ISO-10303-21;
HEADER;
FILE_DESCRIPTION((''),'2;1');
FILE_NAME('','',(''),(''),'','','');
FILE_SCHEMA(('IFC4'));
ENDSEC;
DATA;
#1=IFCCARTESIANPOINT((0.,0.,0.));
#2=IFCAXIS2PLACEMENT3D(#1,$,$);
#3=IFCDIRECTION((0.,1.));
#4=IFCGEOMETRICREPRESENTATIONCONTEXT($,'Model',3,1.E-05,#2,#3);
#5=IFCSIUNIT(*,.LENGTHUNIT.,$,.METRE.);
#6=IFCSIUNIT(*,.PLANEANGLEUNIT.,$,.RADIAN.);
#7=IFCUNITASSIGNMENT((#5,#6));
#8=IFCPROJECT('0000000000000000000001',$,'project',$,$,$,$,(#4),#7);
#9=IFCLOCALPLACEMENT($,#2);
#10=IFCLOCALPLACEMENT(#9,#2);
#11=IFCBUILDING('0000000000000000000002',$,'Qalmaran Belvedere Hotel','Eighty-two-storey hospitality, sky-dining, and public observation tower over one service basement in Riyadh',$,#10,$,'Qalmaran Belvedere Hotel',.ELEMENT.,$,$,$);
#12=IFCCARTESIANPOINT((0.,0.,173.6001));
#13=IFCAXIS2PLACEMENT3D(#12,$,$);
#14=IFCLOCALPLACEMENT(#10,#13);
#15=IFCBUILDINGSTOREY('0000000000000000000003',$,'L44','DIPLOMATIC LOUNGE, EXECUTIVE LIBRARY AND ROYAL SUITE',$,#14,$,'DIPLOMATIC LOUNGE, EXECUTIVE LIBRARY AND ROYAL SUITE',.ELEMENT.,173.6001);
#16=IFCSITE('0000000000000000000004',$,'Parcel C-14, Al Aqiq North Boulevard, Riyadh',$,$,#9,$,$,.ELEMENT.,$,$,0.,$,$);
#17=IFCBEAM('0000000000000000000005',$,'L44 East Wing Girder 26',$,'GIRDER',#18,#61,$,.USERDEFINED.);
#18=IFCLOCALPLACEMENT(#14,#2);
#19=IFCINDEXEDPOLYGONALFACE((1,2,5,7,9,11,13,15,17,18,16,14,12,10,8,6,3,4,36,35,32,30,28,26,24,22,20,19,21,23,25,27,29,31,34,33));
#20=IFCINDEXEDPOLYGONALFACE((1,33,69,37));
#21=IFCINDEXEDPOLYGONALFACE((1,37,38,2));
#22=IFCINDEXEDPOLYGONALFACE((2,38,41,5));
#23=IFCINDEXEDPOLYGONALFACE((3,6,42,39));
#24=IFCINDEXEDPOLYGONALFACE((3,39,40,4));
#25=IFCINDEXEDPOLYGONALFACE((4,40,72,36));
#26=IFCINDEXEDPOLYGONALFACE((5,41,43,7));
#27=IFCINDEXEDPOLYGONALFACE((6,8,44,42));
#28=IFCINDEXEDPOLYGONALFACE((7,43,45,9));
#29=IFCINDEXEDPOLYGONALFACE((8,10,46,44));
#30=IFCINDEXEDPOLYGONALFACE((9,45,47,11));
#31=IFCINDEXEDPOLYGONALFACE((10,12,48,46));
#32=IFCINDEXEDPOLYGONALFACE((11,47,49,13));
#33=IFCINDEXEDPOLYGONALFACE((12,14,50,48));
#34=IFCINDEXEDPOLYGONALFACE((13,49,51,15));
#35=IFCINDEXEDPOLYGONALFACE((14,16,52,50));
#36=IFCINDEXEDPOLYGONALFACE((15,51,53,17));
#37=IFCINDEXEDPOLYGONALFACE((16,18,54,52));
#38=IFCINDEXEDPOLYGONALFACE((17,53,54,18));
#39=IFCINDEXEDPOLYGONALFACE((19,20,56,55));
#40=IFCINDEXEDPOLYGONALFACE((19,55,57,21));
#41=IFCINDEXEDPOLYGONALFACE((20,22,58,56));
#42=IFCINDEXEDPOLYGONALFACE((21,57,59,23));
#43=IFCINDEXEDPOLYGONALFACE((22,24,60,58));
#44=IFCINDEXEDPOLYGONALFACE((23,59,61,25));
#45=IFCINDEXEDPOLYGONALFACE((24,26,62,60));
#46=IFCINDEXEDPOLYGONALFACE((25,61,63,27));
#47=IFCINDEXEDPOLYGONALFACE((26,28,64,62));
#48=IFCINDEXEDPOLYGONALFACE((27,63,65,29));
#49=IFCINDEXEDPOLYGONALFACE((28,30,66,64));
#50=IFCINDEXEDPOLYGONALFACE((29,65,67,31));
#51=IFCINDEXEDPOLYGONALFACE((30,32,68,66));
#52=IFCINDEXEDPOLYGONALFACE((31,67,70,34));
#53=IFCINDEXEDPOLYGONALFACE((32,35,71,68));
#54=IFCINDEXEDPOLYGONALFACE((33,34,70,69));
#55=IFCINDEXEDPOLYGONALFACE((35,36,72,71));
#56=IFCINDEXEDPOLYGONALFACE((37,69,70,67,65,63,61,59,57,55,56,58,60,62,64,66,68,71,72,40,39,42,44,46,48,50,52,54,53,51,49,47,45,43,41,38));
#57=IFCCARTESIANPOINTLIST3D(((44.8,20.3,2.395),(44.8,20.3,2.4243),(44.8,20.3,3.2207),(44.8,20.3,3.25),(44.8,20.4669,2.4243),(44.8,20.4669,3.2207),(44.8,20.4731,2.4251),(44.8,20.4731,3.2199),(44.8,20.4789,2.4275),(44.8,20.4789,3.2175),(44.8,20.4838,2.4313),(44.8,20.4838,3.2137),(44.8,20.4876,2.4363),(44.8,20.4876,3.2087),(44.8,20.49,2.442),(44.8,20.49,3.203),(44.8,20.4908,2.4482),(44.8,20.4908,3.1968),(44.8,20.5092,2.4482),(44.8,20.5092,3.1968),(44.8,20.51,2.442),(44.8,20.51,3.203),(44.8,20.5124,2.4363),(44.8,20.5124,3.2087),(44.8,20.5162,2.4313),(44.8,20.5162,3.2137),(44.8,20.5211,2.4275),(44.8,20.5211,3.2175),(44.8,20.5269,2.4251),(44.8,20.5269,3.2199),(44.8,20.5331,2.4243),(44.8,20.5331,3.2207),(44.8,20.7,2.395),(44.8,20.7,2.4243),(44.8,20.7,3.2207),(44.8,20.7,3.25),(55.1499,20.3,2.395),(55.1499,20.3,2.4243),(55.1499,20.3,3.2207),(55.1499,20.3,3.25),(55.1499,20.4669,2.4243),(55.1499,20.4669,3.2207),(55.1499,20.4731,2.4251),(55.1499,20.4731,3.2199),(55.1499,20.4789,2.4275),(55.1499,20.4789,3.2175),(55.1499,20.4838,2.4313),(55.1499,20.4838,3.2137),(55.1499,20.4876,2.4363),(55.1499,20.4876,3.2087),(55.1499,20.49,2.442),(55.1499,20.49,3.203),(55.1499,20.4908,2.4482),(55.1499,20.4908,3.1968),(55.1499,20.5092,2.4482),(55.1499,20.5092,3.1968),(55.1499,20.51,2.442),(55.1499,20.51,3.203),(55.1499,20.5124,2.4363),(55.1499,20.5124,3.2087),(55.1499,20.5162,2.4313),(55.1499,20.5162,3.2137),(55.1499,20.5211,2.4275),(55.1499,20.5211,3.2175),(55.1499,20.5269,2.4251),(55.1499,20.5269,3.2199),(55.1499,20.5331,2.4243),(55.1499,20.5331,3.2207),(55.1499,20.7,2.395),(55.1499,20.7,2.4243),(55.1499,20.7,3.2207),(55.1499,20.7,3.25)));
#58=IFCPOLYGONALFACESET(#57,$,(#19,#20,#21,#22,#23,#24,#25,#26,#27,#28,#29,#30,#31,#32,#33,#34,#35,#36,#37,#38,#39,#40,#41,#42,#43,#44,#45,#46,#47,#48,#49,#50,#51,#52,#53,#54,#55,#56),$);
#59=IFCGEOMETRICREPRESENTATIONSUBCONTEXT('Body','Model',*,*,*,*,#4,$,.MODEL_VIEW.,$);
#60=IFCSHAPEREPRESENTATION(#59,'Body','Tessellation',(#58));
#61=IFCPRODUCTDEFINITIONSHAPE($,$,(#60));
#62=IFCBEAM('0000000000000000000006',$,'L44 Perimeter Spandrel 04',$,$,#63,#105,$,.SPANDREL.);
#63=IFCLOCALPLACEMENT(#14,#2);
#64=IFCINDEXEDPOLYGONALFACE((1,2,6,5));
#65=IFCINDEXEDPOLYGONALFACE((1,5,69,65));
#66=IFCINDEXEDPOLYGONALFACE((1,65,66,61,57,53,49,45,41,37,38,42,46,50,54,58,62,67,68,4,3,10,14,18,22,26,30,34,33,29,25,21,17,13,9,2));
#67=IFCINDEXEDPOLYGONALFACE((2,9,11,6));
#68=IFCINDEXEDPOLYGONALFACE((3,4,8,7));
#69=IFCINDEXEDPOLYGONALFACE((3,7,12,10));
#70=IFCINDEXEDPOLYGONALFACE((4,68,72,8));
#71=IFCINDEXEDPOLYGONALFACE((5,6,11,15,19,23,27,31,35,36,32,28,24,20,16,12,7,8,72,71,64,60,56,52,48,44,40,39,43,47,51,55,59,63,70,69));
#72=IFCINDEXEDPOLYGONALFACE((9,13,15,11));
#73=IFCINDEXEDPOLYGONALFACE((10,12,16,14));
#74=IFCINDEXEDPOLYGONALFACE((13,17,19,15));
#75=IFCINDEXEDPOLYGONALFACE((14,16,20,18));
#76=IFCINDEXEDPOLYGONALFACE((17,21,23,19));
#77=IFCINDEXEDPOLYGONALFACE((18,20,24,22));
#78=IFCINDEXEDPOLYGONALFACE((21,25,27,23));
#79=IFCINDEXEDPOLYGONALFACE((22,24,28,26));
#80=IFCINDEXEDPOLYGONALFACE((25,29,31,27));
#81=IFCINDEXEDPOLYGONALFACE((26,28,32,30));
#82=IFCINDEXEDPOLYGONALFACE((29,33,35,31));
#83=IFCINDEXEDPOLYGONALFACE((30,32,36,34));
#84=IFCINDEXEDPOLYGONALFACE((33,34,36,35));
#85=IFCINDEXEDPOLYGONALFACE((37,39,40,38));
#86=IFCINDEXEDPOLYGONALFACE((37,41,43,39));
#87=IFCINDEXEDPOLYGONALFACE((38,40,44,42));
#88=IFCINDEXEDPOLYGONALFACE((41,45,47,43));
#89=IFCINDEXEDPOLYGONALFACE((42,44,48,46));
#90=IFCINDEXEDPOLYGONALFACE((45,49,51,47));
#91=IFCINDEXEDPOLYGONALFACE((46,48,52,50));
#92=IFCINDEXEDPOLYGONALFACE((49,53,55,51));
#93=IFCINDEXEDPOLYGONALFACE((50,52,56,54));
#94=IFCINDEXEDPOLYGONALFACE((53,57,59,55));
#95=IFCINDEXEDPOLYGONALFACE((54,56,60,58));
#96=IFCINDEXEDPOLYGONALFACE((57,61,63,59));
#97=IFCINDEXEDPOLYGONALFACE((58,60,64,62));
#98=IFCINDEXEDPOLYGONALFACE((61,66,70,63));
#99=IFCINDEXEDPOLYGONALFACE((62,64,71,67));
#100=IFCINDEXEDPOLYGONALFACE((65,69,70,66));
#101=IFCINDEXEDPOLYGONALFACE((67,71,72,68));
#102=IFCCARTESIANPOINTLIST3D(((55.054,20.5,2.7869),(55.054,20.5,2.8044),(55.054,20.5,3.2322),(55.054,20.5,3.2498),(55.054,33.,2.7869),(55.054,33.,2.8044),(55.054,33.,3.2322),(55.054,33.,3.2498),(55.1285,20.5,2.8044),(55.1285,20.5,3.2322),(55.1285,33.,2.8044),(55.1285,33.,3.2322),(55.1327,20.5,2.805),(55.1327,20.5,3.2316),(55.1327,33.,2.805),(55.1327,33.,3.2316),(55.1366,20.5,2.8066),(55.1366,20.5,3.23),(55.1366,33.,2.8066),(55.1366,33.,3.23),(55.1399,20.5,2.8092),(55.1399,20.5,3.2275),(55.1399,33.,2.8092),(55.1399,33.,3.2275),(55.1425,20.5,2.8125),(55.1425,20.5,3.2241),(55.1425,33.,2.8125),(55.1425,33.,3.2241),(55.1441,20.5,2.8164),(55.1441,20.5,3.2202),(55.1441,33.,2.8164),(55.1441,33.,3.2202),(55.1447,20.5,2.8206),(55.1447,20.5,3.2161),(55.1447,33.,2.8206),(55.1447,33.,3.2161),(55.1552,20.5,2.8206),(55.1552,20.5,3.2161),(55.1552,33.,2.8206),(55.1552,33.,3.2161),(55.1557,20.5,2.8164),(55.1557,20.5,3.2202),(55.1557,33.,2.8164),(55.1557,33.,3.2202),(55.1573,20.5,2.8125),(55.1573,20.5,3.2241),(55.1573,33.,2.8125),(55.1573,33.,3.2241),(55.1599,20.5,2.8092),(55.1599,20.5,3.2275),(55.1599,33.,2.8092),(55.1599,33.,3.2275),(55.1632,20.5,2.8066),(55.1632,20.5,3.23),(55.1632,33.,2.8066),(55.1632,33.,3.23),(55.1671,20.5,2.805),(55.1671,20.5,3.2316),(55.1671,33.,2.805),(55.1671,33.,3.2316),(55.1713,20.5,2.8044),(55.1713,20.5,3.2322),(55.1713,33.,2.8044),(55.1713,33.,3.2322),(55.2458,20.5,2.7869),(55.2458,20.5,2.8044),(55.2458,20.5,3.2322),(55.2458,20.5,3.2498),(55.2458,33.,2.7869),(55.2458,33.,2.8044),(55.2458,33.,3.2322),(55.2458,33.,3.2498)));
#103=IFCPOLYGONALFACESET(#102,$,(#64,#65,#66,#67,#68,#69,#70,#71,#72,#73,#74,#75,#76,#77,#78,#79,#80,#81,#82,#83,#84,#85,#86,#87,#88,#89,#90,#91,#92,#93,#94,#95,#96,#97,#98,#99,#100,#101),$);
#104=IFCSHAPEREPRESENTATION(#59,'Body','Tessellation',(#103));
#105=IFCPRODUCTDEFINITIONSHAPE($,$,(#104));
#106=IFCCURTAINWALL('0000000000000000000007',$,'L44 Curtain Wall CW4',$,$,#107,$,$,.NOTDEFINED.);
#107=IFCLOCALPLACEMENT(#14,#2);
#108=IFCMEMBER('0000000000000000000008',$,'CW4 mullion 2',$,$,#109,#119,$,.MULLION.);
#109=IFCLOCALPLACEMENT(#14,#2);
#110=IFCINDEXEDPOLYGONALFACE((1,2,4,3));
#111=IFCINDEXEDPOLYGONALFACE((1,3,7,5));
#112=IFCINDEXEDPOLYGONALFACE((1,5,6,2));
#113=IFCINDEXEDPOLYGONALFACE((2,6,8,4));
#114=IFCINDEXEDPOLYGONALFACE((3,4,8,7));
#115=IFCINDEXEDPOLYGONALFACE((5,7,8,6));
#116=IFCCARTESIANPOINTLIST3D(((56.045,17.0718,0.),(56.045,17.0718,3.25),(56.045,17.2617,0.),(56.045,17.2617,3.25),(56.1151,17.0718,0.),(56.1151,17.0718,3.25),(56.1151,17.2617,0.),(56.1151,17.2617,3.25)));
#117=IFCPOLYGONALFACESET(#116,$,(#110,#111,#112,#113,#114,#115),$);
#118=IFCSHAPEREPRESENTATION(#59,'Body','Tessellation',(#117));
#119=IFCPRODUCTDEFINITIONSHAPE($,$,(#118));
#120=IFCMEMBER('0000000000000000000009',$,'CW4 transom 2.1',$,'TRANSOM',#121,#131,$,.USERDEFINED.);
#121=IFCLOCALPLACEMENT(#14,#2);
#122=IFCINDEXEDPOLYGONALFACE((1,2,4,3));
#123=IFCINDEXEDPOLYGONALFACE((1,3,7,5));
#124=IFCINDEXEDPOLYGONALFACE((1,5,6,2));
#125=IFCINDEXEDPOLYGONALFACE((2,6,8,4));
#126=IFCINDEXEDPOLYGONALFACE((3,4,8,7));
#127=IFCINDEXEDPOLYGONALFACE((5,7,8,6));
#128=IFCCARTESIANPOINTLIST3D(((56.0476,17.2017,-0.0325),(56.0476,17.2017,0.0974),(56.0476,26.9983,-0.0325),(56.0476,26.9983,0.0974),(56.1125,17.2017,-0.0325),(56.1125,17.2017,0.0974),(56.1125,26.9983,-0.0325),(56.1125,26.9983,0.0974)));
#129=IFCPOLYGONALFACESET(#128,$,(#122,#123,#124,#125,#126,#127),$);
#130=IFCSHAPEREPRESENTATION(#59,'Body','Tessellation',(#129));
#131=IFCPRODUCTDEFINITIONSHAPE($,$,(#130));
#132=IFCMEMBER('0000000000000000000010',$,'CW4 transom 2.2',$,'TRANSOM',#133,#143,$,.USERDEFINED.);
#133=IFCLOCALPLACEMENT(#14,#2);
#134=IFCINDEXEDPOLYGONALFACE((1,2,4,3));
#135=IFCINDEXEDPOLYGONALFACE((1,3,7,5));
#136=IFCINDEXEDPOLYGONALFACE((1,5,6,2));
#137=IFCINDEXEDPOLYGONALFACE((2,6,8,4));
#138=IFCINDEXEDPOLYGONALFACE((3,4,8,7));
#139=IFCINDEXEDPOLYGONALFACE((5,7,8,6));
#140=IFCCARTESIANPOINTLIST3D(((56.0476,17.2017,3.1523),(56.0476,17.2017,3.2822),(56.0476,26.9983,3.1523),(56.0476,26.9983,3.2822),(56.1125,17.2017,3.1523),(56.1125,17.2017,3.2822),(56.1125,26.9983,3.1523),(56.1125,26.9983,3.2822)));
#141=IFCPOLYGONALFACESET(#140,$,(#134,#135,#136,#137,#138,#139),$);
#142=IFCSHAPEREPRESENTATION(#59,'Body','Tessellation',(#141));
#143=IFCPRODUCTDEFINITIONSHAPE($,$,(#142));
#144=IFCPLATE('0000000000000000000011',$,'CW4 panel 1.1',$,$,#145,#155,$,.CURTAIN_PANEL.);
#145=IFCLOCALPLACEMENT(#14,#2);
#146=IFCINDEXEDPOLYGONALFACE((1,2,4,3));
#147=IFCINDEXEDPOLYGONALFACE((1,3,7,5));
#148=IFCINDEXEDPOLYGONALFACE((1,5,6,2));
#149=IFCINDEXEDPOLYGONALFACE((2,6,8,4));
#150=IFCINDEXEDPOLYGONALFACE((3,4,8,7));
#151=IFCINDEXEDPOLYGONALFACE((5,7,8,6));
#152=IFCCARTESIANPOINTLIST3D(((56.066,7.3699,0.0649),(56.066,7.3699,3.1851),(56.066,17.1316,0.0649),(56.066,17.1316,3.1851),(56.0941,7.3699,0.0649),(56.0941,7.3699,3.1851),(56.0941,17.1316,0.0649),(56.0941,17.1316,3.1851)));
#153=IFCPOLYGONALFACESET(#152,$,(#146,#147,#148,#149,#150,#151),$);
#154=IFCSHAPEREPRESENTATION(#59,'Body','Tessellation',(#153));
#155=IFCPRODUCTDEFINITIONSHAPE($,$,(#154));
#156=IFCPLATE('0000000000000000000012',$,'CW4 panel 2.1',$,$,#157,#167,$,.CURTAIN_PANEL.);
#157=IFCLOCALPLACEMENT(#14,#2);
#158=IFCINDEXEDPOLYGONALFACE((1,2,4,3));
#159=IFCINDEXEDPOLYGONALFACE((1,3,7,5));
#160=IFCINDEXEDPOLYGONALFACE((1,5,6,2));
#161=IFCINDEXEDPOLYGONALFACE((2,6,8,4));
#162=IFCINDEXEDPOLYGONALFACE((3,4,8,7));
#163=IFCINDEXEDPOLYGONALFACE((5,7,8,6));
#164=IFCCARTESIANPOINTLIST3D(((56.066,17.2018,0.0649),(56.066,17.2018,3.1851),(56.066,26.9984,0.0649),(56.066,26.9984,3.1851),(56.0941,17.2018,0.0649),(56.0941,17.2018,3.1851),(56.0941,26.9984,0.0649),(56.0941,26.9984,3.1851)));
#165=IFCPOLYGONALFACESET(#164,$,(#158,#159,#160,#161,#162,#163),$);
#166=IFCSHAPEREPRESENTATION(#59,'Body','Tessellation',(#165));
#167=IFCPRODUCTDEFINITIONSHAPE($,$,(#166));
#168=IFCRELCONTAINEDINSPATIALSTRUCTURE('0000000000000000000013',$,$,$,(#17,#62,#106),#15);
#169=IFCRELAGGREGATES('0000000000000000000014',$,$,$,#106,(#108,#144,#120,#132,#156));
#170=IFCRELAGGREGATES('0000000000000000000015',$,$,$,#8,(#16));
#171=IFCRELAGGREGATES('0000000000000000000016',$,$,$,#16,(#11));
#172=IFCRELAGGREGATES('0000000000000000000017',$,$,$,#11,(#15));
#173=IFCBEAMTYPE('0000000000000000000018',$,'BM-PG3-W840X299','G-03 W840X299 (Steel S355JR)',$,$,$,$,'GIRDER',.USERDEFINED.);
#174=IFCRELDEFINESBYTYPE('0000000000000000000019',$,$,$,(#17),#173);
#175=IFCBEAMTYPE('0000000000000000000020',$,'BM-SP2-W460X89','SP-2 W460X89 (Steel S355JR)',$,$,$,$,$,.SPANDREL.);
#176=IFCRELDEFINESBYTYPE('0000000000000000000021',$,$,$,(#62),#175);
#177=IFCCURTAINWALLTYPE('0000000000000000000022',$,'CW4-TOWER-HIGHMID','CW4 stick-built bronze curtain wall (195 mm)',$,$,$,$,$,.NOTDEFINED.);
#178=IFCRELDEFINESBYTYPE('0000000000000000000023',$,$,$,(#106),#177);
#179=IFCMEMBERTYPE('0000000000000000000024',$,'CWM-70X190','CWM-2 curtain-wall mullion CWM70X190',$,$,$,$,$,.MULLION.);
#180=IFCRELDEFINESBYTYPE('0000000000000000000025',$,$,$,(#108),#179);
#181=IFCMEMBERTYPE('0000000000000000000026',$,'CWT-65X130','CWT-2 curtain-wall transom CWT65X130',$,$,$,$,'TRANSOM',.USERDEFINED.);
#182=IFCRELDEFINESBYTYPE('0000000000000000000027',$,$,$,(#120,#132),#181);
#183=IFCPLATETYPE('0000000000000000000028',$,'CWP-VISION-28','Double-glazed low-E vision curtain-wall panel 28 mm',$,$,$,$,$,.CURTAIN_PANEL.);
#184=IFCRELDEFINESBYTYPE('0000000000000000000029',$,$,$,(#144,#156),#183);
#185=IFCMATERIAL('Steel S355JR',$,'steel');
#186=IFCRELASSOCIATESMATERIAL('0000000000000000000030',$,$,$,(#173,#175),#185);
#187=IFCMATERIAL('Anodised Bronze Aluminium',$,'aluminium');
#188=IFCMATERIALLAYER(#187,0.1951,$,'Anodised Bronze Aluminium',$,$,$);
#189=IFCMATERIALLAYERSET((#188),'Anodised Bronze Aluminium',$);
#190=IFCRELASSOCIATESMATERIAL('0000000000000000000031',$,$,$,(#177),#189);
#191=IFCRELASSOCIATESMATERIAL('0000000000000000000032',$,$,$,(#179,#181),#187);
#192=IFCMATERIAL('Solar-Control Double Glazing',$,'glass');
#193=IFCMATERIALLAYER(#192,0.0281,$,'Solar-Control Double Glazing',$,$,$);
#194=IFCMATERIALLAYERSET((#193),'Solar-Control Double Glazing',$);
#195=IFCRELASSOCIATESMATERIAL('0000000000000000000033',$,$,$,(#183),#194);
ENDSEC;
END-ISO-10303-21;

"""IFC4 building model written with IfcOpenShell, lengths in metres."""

from ifc_helpers import new_model, si_unit, direction, frame, origin, origin_2d, place, context, subcontext, project, spatial, rectangle, i_section, extrude, material, layer, layer_set, material_profile, profile_set, type_object, element, aggregate, save


model = new_model("IFC4")

# Units and contexts
model_context = context("Model", 3, precision=1e-05, world=origin(), true_north=direction((0.0, 1.0)))
body_context = subcontext(model_context, "Body", "Model", "MODEL_VIEW")
ifc_project = project(units=[si_unit("LENGTHUNIT", "METRE"), si_unit("PLANEANGLEUNIT", "RADIAN")], contexts=[model_context])

# Site, building, storey
site_placement = place(None, origin())
site = spatial("IfcSite", under=ifc_project, at=site_placement, Name="Parcel C-14, Al Aqiq North Boulevard, Riyadh", CompositionType="ELEMENT", RefElevation=0.0)
building_placement = place(site_placement, origin())
building = spatial("IfcBuilding", under=site, at=building_placement, Name="Qalmaran Belvedere Hotel", Description="Eighty-two-storey hospitality, sky-dining, and public observation tower over one service basement in Riyadh", LongName="Qalmaran Belvedere Hotel", CompositionType="ELEMENT")
storey_placement = place(building_placement, frame((0.0, 0.0, 173.6001)))
storey = spatial("IfcBuildingStorey", under=building, at=storey_placement, Name="L44", Description="DIPLOMATIC LOUNGE, EXECUTIVE LIBRARY AND ROYAL SUITE", LongName="DIPLOMATIC LOUNGE, EXECUTIVE LIBRARY AND ROYAL SUITE", CompositionType="ELEMENT", Elevation=173.6001)

# Beams
ifc_material_1 = material(Name="Steel S355JR", Category="steel")
ifc_material_profile_1 = material_profile(ifc_material_1, i_section(OverallWidth=0.3999, OverallDepth=0.855, WebThickness=0.0183, FlangeThickness=0.0293, FilletRadius=0.0239, at=origin_2d()), Name="W840X299")
ifc_profile_set_1 = profile_set([ifc_material_profile_1], Name="Steel S355JR")
beam_type_1 = type_object("IfcBeamType", Name="BM-PG3-W840X299", Description="G-03 W840X299 (Steel S355JR)", ElementType="GIRDER", PredefinedType="USERDEFINED", material=ifc_profile_set_1)
beam_1_placement = place(storey_placement, frame((44.8, 20.5, 2.8225), z_axis=(1.0, 0.0, 0.0), x_axis=(0.0, 1.0, 0.0)))
element("IfcBeam", 1, at=beam_1_placement, inside=storey, type_object=beam_type_1, Name="L44 East Wing Girder 26", ObjectType="GIRDER", PredefinedType="USERDEFINED", context=body_context, shape_type="SweptSolid", body=[
    extrude(i_section(OverallWidth=0.3999, OverallDepth=0.855, WebThickness=0.0183, FlangeThickness=0.0293, FilletRadius=0.0239, at=origin_2d()), origin(), (0.0, 0.0, 1.0), 10.3499),
])
ifc_material_profile_2 = material_profile(ifc_material_1, i_section(OverallWidth=0.1919, OverallDepth=0.4629, WebThickness=0.0105, FlangeThickness=0.0176, FilletRadius=0.0161, at=origin_2d()), Name="W460X89")
ifc_profile_set_2 = profile_set([ifc_material_profile_2], Name="Steel S355JR")
beam_type_2 = type_object("IfcBeamType", Name="BM-SP2-W460X89", Description="SP-2 W460X89 (Steel S355JR)", PredefinedType="SPANDREL", material=ifc_profile_set_2)
beam_2_placement = place(storey_placement, frame((55.1499, 20.5, 3.0183), z_axis=(0.0, 1.0, 0.0), x_axis=(-1.0, 0.0, 0.0)))
element("IfcBeam", 2, at=beam_2_placement, inside=storey, type_object=beam_type_2, Name="L44 Perimeter Spandrel 04", PredefinedType="SPANDREL", context=body_context, shape_type="SweptSolid", body=[
    extrude(i_section(OverallWidth=0.1919, OverallDepth=0.4629, WebThickness=0.0105, FlangeThickness=0.0176, FilletRadius=0.0161, at=origin_2d()), origin(), (0.0, 0.0, 1.0), 12.5),
])

# Curtain wall, members, plates
ifc_material_2 = material(Name="Anodised Bronze Aluminium", Category="aluminium")
ifc_layer_1 = layer(ifc_material_2, 0.1951, Name="Anodised Bronze Aluminium")
ifc_layer_set_1 = layer_set([ifc_layer_1], Name="Anodised Bronze Aluminium")
curtain_wall_type = type_object("IfcCurtainWallType", Name="CW4-TOWER-HIGHMID", Description="CW4 stick-built bronze curtain wall (195 mm)", PredefinedType="NOTDEFINED", material=ifc_layer_set_1)
curtain_wall_placement = place(storey_placement, origin())
curtain_wall = element("IfcCurtainWall", 3, at=curtain_wall_placement, inside=storey, type_object=curtain_wall_type, Name="L44 Curtain Wall CW4", PredefinedType="NOTDEFINED")
ifc_material_profile_3 = material_profile(ifc_material_2, rectangle(XDim=0.0701, YDim=0.1899, at=origin_2d()), Name="CWM70X190")
ifc_profile_set_3 = profile_set([ifc_material_profile_3], Name="Anodised Bronze Aluminium")
member_type_1 = type_object("IfcMemberType", Name="CWM-70X190", Description="CWM-2 curtain-wall mullion CWM70X190", PredefinedType="MULLION", material=ifc_profile_set_3)
member_1_placement = place(storey_placement, frame((56.0801, 17.1667, 0.0), z_axis=(0.0, 0.0, 1.0), x_axis=(-1.0, 0.0, 0.0)))
member_1 = element("IfcMember", 4, at=member_1_placement, type_object=member_type_1, Name="CW4 mullion 2", PredefinedType="MULLION", context=body_context, shape_type="SweptSolid", body=[
    extrude(rectangle(XDim=0.0701, YDim=0.1899, at=origin_2d()), origin(), (0.0, 0.0, 1.0), 3.25),
])
ifc_material_profile_4 = material_profile(ifc_material_2, rectangle(XDim=0.0649, YDim=0.1299, at=origin_2d()), Name="CWT65X130")
ifc_profile_set_4 = profile_set([ifc_material_profile_4], Name="Anodised Bronze Aluminium")
member_type_2 = type_object("IfcMemberType", Name="CWT-65X130", Description="CWT-2 curtain-wall transom CWT65X130", ElementType="TRANSOM", PredefinedType="USERDEFINED", material=ifc_profile_set_4)
member_2_placement = place(storey_placement, frame((56.0801, 17.2017, 0.0325), z_axis=(0.0, 1.0, 0.0), x_axis=(-1.0, 0.0, 0.0)))
member_2 = element("IfcMember", 5, at=member_2_placement, type_object=member_type_2, Name="CW4 transom 2.1", ObjectType="TRANSOM", PredefinedType="USERDEFINED", context=body_context, shape_type="SweptSolid", body=[
    extrude(rectangle(XDim=0.0649, YDim=0.1299, at=origin_2d()), origin(), (0.0, 0.0, 1.0), 9.7966),
])
member_3_placement = place(storey_placement, frame((56.0801, 17.2017, 3.2173), z_axis=(0.0, 1.0, 0.0), x_axis=(-1.0, 0.0, 0.0)))
member_3 = element("IfcMember", 6, at=member_3_placement, type_object=member_type_2, Name="CW4 transom 2.2", ObjectType="TRANSOM", PredefinedType="USERDEFINED", context=body_context, shape_type="SweptSolid", body=[
    extrude(rectangle(XDim=0.0649, YDim=0.1299, at=origin_2d()), origin(), (0.0, 0.0, 1.0), 9.7966),
])
ifc_material_3 = material(Name="Solar-Control Double Glazing", Category="glass")
ifc_layer_2 = layer(ifc_material_3, 0.0281, Name="Solar-Control Double Glazing")
ifc_layer_set_2 = layer_set([ifc_layer_2], Name="Solar-Control Double Glazing")
plate_type = type_object("IfcPlateType", Name="CWP-VISION-28", Description="Double-glazed low-E vision curtain-wall panel 28 mm", PredefinedType="CURTAIN_PANEL", material=ifc_layer_set_2)
plate_1_placement = place(storey_placement, frame((56.0801, 12.2507, 0.0649), z_axis=(0.0, 0.0, 1.0), x_axis=(0.0, 1.0, 0.0)))
plate_1 = element("IfcPlate", 7, at=plate_1_placement, type_object=plate_type, Name="CW4 panel 1.1", PredefinedType="CURTAIN_PANEL", context=body_context, shape_type="SweptSolid", body=[
    extrude(rectangle(XDim=9.7617, YDim=0.0281, at=origin_2d()), origin(), (0.0, 0.0, 1.0), 3.1201),
])
plate_2_placement = place(storey_placement, frame((56.0801, 22.1001, 0.0649), z_axis=(0.0, 0.0, 1.0), x_axis=(0.0, 1.0, 0.0)))
plate_2 = element("IfcPlate", 8, at=plate_2_placement, type_object=plate_type, Name="CW4 panel 2.1", PredefinedType="CURTAIN_PANEL", context=body_context, shape_type="SweptSolid", body=[
    extrude(rectangle(XDim=9.7966, YDim=0.0281, at=origin_2d()), origin(), (0.0, 0.0, 1.0), 3.1201),
])
aggregate(curtain_wall, [member_1, plate_1, member_2, member_3, plate_2])

save(model, "model.ifc")
